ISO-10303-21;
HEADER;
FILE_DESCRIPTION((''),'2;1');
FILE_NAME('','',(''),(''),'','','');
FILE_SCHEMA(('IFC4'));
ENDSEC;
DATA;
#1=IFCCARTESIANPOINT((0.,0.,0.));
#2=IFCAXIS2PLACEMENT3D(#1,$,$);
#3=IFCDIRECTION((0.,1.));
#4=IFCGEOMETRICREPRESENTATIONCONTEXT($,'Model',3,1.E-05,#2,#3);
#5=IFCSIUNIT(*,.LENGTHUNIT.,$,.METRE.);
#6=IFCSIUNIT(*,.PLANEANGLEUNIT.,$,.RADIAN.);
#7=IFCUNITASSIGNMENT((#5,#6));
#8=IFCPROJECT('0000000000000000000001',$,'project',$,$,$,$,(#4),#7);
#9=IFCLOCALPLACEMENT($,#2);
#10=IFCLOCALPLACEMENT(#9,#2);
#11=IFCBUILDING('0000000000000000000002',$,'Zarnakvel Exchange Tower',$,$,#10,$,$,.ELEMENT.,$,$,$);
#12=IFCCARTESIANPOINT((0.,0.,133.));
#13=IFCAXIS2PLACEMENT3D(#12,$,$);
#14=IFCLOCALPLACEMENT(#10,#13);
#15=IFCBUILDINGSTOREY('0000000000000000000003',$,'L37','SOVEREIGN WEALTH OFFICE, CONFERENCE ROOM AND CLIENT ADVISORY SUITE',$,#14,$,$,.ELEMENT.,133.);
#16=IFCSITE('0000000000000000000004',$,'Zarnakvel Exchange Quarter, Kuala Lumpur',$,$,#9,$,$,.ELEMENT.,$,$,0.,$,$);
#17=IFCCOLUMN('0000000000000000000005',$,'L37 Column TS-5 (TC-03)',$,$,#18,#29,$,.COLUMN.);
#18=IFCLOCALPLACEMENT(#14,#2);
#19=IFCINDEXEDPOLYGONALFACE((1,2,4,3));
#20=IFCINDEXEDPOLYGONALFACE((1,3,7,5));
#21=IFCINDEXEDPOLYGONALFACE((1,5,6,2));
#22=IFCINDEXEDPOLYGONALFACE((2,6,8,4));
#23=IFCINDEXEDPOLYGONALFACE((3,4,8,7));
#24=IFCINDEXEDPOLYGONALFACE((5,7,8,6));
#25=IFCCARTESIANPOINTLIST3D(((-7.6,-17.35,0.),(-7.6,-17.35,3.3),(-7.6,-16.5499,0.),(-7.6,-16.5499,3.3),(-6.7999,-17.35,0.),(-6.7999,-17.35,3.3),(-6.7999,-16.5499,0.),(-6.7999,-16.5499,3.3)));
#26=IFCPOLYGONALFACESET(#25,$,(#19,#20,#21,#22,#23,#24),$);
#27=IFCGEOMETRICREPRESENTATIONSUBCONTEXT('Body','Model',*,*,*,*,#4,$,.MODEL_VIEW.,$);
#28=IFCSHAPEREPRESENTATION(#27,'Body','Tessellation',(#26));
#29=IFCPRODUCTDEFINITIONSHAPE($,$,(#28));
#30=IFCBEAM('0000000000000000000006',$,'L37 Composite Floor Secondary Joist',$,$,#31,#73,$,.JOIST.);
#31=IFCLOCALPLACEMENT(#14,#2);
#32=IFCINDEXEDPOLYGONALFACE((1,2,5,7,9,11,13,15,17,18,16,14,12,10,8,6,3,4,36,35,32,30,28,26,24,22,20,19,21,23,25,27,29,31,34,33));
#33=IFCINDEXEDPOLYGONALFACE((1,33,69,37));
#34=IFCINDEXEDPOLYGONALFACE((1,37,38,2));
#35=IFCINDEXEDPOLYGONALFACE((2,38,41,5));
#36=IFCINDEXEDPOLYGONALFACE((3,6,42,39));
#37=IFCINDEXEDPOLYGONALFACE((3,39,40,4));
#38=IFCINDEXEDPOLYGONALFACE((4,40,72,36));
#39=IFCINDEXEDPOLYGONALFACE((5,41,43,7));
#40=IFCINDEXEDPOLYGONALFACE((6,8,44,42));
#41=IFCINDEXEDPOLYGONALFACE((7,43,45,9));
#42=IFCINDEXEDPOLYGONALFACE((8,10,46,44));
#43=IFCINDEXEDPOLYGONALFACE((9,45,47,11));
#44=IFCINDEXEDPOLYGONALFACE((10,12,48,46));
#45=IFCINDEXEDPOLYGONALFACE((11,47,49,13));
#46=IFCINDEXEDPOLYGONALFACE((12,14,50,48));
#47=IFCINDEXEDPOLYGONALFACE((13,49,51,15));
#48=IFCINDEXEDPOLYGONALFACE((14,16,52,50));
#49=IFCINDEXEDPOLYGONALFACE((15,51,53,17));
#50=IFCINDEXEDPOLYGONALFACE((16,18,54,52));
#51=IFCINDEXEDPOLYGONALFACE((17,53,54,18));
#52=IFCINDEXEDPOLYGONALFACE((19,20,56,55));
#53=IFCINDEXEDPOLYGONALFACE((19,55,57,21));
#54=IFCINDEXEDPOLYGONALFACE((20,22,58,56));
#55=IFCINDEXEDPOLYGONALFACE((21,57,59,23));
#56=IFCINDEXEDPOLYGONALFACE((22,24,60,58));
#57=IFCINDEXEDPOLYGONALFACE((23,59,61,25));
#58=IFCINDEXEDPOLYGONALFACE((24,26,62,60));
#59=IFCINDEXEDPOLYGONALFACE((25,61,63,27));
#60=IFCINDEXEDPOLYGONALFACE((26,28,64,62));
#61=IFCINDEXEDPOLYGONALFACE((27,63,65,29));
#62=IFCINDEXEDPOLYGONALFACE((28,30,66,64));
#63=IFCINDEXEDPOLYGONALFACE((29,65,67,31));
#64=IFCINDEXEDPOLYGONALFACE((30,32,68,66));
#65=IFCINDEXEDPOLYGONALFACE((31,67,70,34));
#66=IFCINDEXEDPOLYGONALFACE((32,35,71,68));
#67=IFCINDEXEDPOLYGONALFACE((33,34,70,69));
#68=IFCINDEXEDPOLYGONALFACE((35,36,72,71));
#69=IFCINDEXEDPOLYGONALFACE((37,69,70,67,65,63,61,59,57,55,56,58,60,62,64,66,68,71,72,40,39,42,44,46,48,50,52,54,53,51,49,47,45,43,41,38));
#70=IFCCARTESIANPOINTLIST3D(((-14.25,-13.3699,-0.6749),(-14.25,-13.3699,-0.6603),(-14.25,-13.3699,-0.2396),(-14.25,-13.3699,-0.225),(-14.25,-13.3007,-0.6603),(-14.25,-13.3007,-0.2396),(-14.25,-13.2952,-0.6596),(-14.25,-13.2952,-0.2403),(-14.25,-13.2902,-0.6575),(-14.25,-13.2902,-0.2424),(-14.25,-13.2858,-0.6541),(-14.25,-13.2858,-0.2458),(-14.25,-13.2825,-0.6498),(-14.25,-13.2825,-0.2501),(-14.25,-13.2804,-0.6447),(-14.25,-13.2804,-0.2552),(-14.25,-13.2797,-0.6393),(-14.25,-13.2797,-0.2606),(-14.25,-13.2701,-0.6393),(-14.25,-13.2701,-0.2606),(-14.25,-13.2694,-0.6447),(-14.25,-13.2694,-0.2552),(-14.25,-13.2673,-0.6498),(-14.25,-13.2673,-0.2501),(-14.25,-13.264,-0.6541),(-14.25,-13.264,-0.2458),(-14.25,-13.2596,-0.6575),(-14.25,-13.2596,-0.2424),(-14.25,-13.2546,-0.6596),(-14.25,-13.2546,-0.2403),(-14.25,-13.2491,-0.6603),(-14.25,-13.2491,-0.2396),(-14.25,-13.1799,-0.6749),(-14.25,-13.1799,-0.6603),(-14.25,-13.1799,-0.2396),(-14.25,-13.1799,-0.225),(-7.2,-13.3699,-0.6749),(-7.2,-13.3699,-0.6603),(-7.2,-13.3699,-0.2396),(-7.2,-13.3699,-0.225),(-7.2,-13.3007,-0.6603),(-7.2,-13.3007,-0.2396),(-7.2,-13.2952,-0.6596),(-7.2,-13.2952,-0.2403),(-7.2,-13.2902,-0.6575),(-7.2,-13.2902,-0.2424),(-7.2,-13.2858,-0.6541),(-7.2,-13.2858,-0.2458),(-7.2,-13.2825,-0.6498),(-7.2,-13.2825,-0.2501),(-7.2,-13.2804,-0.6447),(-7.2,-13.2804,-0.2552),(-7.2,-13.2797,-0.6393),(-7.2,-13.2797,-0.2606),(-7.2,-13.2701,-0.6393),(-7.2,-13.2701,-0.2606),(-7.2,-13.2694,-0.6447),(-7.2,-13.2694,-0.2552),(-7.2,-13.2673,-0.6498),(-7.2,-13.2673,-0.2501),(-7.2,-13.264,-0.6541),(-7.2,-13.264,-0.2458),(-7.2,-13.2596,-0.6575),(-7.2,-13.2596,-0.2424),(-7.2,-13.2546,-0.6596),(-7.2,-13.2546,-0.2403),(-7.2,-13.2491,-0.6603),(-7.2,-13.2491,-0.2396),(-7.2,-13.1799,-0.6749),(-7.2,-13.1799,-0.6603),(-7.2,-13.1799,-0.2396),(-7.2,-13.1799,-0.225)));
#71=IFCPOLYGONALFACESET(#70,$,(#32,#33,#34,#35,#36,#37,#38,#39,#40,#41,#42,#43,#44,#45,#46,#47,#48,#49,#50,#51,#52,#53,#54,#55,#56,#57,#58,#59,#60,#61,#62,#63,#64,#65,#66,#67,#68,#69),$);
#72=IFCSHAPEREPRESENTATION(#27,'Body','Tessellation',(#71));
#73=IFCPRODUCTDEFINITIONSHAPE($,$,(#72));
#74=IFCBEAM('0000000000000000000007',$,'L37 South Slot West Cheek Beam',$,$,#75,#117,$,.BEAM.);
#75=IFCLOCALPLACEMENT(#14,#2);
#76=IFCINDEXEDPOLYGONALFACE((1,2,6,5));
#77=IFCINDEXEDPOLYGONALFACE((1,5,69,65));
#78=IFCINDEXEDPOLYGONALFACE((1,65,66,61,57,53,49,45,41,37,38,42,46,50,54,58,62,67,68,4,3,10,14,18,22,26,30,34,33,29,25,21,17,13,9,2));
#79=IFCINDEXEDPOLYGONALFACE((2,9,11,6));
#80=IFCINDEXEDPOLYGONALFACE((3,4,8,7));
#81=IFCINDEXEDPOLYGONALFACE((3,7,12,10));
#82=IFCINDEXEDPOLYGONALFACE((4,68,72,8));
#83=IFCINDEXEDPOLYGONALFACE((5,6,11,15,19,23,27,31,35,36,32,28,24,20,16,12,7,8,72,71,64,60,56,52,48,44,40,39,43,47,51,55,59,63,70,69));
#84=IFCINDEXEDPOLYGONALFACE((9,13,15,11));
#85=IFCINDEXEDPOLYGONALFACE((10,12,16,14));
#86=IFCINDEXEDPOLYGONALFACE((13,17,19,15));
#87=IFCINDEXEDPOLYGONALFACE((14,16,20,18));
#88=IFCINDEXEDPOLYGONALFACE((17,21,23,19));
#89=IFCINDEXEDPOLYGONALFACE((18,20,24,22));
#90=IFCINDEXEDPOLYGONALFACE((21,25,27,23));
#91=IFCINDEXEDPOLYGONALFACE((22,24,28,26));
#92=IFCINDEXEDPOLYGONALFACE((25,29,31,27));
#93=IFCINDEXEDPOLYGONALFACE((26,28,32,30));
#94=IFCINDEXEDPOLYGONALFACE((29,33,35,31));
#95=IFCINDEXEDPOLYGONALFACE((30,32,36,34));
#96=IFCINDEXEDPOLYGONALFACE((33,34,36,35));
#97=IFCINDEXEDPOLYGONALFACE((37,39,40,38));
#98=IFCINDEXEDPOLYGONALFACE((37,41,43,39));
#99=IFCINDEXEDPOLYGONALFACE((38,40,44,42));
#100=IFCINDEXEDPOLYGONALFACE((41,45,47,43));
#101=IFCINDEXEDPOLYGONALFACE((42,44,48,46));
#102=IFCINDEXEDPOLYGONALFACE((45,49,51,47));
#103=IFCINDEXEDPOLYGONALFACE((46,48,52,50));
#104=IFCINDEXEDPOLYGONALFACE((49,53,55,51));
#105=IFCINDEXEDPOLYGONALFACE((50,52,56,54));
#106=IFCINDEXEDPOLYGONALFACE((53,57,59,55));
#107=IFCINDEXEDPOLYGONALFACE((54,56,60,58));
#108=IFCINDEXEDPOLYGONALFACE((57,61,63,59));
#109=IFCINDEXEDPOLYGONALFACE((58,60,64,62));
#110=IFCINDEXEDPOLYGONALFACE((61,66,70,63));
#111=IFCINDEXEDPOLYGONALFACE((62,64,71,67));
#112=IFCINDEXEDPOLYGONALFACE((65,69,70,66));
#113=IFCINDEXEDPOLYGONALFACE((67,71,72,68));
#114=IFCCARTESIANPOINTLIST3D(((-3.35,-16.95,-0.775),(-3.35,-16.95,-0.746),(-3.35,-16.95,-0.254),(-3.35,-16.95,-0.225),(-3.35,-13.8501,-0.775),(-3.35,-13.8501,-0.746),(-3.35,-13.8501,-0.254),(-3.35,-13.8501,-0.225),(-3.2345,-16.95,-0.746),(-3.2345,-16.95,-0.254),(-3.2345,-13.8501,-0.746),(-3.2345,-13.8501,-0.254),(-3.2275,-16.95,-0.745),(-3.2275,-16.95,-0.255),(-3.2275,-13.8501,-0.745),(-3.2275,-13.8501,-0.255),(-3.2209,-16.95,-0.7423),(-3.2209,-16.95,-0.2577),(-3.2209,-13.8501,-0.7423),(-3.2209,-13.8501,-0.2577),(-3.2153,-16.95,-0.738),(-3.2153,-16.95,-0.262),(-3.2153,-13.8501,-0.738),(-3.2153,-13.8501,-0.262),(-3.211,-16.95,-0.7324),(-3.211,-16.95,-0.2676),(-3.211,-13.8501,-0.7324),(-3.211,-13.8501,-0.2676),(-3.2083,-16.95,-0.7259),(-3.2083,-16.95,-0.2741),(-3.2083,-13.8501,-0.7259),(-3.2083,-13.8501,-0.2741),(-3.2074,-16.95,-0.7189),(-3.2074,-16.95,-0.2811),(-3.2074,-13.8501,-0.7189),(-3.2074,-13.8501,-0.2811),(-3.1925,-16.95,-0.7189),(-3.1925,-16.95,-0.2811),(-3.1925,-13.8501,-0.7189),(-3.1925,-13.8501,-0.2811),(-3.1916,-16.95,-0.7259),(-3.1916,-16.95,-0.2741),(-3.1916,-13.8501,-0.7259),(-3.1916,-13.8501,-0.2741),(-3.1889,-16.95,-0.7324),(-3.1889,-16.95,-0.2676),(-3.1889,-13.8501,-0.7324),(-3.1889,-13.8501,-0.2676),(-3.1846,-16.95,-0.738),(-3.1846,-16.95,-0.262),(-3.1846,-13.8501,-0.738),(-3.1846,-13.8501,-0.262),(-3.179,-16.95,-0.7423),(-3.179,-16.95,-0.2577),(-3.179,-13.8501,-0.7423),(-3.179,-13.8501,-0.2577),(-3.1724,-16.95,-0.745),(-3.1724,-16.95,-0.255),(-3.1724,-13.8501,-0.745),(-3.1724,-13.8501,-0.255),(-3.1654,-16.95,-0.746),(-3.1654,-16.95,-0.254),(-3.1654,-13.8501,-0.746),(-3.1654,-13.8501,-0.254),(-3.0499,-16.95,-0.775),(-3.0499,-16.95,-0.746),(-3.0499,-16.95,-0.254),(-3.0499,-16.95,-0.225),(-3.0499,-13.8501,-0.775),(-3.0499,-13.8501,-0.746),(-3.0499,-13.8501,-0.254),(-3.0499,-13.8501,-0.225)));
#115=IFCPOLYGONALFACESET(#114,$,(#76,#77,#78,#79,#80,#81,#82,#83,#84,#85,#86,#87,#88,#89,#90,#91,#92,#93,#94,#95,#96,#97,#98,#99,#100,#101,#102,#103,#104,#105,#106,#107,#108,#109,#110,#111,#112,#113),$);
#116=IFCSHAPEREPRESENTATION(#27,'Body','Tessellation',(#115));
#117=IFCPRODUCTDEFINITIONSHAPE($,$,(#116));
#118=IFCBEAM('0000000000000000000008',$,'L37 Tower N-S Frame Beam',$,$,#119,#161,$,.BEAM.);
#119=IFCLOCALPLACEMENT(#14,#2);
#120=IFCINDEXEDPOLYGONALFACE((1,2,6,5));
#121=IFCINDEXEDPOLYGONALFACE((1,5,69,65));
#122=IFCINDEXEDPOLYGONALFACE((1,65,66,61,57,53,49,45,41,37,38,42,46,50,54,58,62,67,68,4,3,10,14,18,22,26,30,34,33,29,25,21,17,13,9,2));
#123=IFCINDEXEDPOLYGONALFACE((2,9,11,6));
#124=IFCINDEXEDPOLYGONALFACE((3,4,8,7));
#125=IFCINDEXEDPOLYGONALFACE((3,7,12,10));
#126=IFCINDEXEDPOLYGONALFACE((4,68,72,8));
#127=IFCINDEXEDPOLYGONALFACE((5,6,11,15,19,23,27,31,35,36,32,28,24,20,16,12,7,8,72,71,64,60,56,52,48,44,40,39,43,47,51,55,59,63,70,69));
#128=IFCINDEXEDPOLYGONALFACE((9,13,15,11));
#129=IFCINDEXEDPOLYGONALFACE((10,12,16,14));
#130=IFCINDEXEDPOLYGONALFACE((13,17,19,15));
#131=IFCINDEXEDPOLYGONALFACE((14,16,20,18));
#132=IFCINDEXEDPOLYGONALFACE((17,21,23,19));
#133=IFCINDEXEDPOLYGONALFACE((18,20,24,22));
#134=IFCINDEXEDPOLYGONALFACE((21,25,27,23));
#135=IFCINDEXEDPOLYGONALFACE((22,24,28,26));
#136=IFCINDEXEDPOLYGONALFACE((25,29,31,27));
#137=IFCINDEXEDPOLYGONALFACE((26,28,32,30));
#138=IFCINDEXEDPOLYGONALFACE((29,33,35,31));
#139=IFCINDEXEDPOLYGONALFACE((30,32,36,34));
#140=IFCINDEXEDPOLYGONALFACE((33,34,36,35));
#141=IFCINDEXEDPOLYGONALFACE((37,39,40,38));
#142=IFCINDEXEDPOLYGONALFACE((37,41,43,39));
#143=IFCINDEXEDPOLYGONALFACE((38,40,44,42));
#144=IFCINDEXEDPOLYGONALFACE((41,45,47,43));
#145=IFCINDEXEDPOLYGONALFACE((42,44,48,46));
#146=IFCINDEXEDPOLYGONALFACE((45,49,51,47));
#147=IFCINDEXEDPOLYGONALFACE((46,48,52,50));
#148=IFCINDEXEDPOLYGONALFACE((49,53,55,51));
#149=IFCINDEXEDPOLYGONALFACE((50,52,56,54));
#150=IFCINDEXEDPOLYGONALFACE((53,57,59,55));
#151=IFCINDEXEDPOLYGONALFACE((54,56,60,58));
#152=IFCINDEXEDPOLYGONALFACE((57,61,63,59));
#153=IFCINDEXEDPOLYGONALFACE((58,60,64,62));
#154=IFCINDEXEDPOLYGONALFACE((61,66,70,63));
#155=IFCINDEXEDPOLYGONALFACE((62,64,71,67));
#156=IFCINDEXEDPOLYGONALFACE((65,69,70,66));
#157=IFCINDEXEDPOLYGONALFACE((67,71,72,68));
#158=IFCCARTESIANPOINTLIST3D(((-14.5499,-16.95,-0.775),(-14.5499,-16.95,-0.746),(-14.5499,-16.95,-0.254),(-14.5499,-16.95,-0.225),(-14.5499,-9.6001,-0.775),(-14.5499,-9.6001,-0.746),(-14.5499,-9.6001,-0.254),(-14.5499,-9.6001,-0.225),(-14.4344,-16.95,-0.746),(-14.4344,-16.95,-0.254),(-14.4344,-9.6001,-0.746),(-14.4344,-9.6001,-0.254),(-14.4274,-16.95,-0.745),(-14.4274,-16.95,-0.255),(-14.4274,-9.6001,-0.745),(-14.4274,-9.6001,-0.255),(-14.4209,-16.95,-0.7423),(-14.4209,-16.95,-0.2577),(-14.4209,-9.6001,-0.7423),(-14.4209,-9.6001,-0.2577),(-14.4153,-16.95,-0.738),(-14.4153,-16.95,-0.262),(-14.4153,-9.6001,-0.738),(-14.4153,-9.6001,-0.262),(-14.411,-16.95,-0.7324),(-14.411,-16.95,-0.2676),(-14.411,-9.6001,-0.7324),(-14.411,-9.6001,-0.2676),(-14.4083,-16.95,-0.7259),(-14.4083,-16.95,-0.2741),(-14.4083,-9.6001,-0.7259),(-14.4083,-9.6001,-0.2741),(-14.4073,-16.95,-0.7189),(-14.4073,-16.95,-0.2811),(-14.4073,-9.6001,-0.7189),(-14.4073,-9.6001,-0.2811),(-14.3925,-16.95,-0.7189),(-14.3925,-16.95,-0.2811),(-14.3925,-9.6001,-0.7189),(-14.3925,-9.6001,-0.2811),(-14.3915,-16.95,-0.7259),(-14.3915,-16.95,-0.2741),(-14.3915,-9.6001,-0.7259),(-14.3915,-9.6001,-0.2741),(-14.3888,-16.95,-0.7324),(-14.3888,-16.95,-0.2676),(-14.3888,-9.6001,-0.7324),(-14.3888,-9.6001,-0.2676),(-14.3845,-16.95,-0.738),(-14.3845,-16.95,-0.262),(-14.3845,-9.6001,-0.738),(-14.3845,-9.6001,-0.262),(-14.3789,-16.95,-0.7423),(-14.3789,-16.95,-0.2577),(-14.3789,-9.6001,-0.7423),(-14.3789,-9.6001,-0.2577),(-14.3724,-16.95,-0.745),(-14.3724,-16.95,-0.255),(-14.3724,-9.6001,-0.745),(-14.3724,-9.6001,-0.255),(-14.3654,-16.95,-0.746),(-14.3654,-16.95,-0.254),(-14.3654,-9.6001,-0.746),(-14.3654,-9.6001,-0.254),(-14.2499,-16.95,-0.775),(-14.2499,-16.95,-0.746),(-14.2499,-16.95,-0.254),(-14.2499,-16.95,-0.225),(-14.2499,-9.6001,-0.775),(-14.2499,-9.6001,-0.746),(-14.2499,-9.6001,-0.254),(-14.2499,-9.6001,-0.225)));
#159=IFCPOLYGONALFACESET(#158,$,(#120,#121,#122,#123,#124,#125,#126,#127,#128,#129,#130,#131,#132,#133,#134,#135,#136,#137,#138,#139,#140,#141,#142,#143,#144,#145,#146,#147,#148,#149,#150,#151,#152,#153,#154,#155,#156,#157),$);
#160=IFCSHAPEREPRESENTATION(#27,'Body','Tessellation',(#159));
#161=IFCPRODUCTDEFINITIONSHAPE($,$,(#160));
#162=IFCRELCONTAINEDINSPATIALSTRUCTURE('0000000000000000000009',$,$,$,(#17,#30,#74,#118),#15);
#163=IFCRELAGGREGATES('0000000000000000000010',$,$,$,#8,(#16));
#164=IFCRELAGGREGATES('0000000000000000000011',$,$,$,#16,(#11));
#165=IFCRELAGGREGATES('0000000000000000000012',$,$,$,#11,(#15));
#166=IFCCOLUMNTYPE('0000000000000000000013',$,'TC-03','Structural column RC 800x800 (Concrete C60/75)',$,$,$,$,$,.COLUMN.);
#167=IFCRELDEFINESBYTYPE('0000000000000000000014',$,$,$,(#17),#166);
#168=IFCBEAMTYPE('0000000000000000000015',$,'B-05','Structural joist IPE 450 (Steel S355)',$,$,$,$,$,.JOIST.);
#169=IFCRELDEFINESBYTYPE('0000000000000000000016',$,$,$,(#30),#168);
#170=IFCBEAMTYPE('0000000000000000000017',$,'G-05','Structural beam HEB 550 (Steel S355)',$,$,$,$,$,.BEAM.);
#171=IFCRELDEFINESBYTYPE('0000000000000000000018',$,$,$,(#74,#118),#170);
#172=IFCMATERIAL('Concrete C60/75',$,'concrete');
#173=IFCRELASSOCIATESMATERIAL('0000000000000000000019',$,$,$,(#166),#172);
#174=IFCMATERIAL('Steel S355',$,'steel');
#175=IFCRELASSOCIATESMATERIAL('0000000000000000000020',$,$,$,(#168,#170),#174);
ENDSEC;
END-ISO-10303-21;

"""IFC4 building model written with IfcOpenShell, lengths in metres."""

from ifc_helpers import new_model, si_unit, direction, frame, origin, origin_2d, place, context, subcontext, project, spatial, rectangle, i_section, extrude, material, material_profile, profile_set, type_object, element, save


model = new_model("IFC4")

# Units and contexts
model_context = context("Model", 3, precision=1e-05, world=origin(), true_north=direction((0.0, 1.0)))
body_context = subcontext(model_context, "Body", "Model", "MODEL_VIEW")
ifc_project = project(units=[si_unit("LENGTHUNIT", "METRE"), si_unit("PLANEANGLEUNIT", "RADIAN")], contexts=[model_context])

# Site, building, storey
site_placement = place(None, origin())
site = spatial("IfcSite", under=ifc_project, at=site_placement, Name="Zarnakvel Exchange Quarter, Kuala Lumpur", CompositionType="ELEMENT", RefElevation=0.0)
building_placement = place(site_placement, origin())
building = spatial("IfcBuilding", under=site, at=building_placement, Name="Zarnakvel Exchange Tower", CompositionType="ELEMENT")
storey_placement = place(building_placement, frame((0.0, 0.0, 133.0)))
storey = spatial("IfcBuildingStorey", under=building, at=storey_placement, Name="L37", Description="SOVEREIGN WEALTH OFFICE, CONFERENCE ROOM AND CLIENT ADVISORY SUITE", CompositionType="ELEMENT", Elevation=133.0)

# Column
ifc_material_1 = material(Name="Concrete C60/75", Category="concrete")
ifc_material_profile_1 = material_profile(ifc_material_1, rectangle(XDim=0.8, YDim=0.8, at=origin_2d()))
ifc_profile_set_1 = profile_set([ifc_material_profile_1], Name="Concrete C60/75")
column_type = type_object("IfcColumnType", Name="TC-03", Description="Structural column RC 800x800 (Concrete C60/75)", PredefinedType="COLUMN", material=ifc_profile_set_1)
column_placement = place(storey_placement, frame((-7.2, -16.95, 0.0), z_axis=(0.0, 0.0, 1.0), x_axis=(1.0, 0.0, 0.0)))
element("IfcColumn", 1, at=column_placement, inside=storey, type_object=column_type, Name="L37 Column TS-5 (TC-03)", PredefinedType="COLUMN", context=body_context, shape_type="SweptSolid", body=[
    extrude(rectangle(XDim=0.8, YDim=0.8, at=origin_2d()), origin(), (0.0, 0.0, 1.0), 3.3),
])

# Beams
ifc_material_2 = material(Name="Steel S355", Category="steel")
ifc_material_profile_2 = material_profile(ifc_material_2, i_section(OverallWidth=0.1899, OverallDepth=0.45, WebThickness=0.0095, FlangeThickness=0.0146, FilletRadius=0.021, at=origin_2d()))
ifc_profile_set_2 = profile_set([ifc_material_profile_2], Name="Steel S355")
beam_type_1 = type_object("IfcBeamType", Name="B-05", Description="Structural joist IPE 450 (Steel S355)", PredefinedType="JOIST", material=ifc_profile_set_2)
beam_1_placement = place(storey_placement, frame((-14.25, -13.2749, -0.45), z_axis=(1.0, 0.0, 0.0), x_axis=(0.0, 1.0, 0.0)))
element("IfcBeam", 2, at=beam_1_placement, inside=storey, type_object=beam_type_1, Name="L37 Composite Floor Secondary Joist", PredefinedType="JOIST", context=body_context, shape_type="SweptSolid", body=[
    extrude(i_section(OverallWidth=0.1899, OverallDepth=0.45, WebThickness=0.0095, FlangeThickness=0.0146, FilletRadius=0.021, at=origin_2d()), origin(), (0.0, 0.0, 1.0), 7.05),
])
ifc_material_profile_3 = material_profile(ifc_material_2, i_section(OverallWidth=0.3, OverallDepth=0.55, WebThickness=0.0149, FlangeThickness=0.0291, FilletRadius=0.0271, at=origin_2d()))
ifc_profile_set_3 = profile_set([ifc_material_profile_3], Name="Steel S355")
beam_type_2 = type_object("IfcBeamType", Name="G-05", Description="Structural beam HEB 550 (Steel S355)", PredefinedType="BEAM", material=ifc_profile_set_3)
beam_2_placement = place(storey_placement, frame((-3.2, -16.95, -0.5), z_axis=(0.0, 1.0, 0.0), x_axis=(-1.0, 0.0, 0.0)))
element("IfcBeam", 3, at=beam_2_placement, inside=storey, type_object=beam_type_2, Name="L37 South Slot West Cheek Beam", PredefinedType="BEAM", context=body_context, shape_type="SweptSolid", body=[
    extrude(i_section(OverallWidth=0.3, OverallDepth=0.55, WebThickness=0.0149, FlangeThickness=0.0291, FilletRadius=0.0271, at=origin_2d()), origin(), (0.0, 0.0, 1.0), 3.0999),
])
for number, where, z_axis, x_axis, name in (
    (4, (-14.3999, -16.95, -0.5), (0.0, 1.0, 0.0), (-1.0, 0.0, 0.0), "L37 Tower N-S Frame Beam"),
):
    element("IfcBeam", number, at=place(storey_placement, frame(where, z_axis=z_axis, x_axis=x_axis)), inside=storey, type_object=beam_type_2, Name=name, PredefinedType="BEAM", context=body_context, shape_type="SweptSolid", body=[
        extrude(i_section(OverallWidth=0.3, OverallDepth=0.55, WebThickness=0.0149, FlangeThickness=0.0291, FilletRadius=0.0271, at=origin_2d()), origin(), (0.0, 0.0, 1.0), 7.3499),
    ])

save(model, "model.ifc")
